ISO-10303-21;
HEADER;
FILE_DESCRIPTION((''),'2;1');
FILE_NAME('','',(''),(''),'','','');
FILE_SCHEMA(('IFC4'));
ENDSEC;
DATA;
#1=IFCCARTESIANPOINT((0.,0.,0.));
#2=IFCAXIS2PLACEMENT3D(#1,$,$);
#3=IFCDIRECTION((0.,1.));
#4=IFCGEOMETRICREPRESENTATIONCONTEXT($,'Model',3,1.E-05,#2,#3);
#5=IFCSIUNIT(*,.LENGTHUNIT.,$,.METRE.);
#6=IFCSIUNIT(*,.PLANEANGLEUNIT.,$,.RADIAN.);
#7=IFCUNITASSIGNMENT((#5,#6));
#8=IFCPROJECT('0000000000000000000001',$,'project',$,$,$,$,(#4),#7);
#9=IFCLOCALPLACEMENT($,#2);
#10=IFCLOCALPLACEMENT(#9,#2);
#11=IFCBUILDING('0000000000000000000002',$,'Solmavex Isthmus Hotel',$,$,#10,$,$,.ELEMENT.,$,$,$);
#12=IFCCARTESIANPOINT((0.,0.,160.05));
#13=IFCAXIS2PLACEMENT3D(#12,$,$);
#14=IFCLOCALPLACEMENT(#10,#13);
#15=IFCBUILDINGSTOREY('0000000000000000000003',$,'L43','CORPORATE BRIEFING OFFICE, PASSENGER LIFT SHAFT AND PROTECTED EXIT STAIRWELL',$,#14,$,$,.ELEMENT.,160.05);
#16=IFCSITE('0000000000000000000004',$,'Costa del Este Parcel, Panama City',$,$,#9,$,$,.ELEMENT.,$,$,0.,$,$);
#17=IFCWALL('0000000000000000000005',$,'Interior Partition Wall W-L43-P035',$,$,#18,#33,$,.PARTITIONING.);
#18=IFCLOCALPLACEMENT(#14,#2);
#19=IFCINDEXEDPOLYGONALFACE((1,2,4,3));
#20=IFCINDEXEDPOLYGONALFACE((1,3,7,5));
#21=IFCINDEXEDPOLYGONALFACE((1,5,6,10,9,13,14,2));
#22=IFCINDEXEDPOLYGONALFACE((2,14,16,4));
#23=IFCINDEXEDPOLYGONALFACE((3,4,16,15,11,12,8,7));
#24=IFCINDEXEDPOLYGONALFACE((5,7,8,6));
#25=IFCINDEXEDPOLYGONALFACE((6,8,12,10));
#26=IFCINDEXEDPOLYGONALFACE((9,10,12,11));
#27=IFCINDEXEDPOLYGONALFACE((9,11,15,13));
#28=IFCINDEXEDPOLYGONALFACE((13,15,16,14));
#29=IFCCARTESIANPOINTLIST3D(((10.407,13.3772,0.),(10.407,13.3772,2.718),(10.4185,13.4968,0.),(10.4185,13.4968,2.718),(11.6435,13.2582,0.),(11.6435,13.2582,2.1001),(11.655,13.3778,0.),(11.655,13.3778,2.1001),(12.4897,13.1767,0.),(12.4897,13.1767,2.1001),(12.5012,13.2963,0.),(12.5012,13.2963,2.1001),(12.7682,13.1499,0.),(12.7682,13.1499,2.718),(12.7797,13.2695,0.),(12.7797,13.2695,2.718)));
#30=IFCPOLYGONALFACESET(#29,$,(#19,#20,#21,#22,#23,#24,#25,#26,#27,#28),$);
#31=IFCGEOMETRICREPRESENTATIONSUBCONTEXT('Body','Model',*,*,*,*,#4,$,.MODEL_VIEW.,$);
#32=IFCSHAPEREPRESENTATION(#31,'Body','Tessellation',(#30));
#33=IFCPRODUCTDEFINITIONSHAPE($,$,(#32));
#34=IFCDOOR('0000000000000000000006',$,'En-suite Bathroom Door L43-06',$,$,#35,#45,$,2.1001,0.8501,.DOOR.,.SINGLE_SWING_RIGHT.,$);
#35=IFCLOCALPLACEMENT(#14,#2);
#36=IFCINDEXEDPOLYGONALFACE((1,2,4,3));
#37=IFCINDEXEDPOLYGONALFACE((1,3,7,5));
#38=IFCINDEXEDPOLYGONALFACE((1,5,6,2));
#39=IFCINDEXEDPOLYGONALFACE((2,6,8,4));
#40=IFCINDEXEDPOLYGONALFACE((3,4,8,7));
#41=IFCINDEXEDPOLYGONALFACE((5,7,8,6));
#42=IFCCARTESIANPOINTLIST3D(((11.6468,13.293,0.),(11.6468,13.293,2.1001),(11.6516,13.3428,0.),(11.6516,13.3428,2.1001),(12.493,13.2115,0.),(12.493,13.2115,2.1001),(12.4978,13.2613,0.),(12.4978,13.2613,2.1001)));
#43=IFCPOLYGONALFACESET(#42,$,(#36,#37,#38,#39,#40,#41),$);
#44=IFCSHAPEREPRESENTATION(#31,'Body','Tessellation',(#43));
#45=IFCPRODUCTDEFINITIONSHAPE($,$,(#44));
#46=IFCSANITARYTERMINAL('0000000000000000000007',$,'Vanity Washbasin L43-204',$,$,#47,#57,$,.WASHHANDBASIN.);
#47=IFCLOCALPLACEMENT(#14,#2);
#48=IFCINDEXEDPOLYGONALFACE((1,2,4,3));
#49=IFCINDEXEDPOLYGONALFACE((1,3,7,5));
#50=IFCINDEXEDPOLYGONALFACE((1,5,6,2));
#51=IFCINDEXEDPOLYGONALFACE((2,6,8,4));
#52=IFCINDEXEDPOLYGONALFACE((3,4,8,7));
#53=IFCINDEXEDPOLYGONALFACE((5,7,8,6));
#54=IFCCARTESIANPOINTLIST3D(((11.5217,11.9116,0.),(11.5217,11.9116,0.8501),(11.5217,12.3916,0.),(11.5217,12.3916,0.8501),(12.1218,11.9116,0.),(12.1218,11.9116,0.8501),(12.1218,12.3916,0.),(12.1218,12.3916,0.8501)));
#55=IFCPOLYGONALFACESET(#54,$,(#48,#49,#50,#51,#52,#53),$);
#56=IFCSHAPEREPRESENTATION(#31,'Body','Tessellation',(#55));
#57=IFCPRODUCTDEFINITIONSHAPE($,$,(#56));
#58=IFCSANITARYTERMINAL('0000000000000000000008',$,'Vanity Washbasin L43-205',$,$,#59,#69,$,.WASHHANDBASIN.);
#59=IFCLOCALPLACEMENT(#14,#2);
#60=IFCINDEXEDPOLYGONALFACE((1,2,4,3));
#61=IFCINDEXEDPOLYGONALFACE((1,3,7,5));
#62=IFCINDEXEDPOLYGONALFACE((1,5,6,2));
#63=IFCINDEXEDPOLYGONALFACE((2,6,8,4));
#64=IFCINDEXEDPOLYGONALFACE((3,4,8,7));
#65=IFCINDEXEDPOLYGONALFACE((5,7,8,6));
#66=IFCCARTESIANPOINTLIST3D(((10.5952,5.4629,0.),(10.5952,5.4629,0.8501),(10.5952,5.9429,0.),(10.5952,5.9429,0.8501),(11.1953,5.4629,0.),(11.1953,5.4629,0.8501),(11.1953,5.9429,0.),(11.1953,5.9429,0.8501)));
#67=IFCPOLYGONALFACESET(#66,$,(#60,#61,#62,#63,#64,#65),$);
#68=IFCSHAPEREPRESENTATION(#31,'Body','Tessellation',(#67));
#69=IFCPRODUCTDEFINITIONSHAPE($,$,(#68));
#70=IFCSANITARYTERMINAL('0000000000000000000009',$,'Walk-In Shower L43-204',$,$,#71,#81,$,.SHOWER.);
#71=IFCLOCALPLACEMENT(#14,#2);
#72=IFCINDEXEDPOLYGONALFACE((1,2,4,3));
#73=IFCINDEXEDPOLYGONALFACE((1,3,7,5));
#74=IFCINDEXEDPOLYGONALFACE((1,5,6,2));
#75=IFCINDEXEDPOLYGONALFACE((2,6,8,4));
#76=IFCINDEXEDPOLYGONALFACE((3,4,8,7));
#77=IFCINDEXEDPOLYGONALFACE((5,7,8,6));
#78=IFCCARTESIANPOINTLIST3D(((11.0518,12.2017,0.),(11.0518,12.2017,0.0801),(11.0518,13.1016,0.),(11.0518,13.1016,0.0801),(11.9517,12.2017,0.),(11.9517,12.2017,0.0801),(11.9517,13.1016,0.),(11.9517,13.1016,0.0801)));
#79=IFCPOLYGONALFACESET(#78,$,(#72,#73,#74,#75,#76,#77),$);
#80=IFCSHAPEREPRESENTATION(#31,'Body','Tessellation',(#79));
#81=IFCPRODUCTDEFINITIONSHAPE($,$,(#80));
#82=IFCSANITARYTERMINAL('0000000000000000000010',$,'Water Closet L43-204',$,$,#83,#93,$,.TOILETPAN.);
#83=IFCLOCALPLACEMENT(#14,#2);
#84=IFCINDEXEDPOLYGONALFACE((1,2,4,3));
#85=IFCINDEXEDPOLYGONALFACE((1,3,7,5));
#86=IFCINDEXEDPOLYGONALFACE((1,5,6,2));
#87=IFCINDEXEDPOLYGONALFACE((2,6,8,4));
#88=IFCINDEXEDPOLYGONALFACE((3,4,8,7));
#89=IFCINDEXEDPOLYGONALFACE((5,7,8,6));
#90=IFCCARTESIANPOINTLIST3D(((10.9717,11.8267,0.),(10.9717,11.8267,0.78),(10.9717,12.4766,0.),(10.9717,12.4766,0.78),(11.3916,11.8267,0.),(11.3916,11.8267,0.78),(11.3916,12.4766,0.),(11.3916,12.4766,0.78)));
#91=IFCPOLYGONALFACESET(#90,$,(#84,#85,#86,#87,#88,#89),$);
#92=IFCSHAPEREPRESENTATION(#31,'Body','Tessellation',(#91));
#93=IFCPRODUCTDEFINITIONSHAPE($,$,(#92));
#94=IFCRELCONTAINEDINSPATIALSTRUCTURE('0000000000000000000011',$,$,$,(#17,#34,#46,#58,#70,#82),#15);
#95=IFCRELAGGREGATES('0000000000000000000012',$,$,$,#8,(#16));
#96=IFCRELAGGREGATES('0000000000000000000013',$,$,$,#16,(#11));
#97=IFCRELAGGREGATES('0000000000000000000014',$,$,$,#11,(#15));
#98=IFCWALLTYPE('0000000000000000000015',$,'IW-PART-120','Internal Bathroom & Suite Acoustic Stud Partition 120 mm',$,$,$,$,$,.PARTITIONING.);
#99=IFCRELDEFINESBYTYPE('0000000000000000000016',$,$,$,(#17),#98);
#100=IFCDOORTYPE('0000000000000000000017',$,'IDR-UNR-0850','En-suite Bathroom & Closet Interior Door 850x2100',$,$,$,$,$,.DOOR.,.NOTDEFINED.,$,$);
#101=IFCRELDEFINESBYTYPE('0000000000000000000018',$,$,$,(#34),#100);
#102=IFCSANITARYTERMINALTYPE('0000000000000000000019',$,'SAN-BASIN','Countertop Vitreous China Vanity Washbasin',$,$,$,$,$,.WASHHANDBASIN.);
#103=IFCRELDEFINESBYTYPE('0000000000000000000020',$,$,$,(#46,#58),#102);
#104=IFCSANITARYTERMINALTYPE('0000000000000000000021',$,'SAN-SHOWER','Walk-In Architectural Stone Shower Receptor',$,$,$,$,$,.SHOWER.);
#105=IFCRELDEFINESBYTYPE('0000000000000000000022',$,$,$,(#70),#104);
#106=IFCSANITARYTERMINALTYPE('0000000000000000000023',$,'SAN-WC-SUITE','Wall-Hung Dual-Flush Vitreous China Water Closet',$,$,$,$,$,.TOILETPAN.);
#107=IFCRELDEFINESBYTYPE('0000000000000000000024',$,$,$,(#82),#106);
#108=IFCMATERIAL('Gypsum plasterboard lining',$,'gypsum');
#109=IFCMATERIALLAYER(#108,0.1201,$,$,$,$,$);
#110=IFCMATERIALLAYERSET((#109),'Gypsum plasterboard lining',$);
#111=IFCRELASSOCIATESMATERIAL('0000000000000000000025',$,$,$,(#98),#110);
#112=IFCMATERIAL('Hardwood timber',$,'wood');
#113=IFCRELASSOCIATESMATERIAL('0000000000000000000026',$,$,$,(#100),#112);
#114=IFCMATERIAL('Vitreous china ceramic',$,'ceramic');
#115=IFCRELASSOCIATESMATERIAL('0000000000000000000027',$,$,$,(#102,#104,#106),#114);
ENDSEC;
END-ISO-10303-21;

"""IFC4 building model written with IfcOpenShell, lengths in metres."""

from ifc_helpers import new_model, si_unit, direction, frame, frame_2d, origin, origin_2d, place, context, subcontext, project, spatial, rectangle, extrude, material, layer, layer_set, type_object, element, fill, save


model = new_model("IFC4")

# Units and contexts
model_context = context("Model", 3, precision=1e-05, world=origin(), true_north=direction((0.0, 1.0)))
body_context = subcontext(model_context, "Body", "Model", "MODEL_VIEW")
ifc_project = project(units=[si_unit("LENGTHUNIT", "METRE"), si_unit("PLANEANGLEUNIT", "RADIAN")], contexts=[model_context])

# Site, building, storey
site_placement = place(None, origin())
site = spatial("IfcSite", under=ifc_project, at=site_placement, Name="Costa del Este Parcel, Panama City", CompositionType="ELEMENT", RefElevation=0.0)
building_placement = place(site_placement, origin())
building = spatial("IfcBuilding", under=site, at=building_placement, Name="Solmavex Isthmus Hotel", CompositionType="ELEMENT")
storey_placement = place(building_placement, frame((0.0, 0.0, 160.05)))
storey = spatial("IfcBuildingStorey", under=building, at=storey_placement, Name="L43", Description="CORPORATE BRIEFING OFFICE, PASSENGER LIFT SHAFT AND PROTECTED EXIT STAIRWELL", CompositionType="ELEMENT", Elevation=160.05)

# Shared definitions
ifc_material_1 = material(Name="Gypsum plasterboard lining", Category="gypsum")

# Shared definitions
ifc_material_2 = material(Name="Hardwood timber", Category="wood")

# Shared definitions
ifc_layer_1 = layer(ifc_material_1, 0.1201)
ifc_layer_set_1 = layer_set([ifc_layer_1], Name="Gypsum plasterboard lining")
wall_type_1 = type_object("IfcWallType", Name="IW-PART-120", Description="Internal Bathroom & Suite Acoustic Stud Partition 120 mm", PredefinedType="PARTITIONING", material=ifc_layer_set_1)

# Wall, opening, door
wall_1_placement = place(storey_placement, frame((12.7739, 13.2097, 0.0), z_axis=(0.0, 0.0, 1.0), x_axis=(-0.995398, 0.095824, 0.0)))
wall_1 = element("IfcWall", 1, at=wall_1_placement, inside=storey, type_object=wall_type_1, Name="Interior Partition Wall W-L43-P035", PredefinedType="PARTITIONING", context=body_context, shape_type="SweptSolid", body=[
    extrude(rectangle(XDim=2.3721, YDim=0.1201, at=frame_2d((1.186, 0.0))), origin(), (0.0, 0.0, 1.0), 2.718),
])
opening_1_placement = place(wall_1_placement, frame((0.2798, 0.0, 0.0)))
opening_1 = element("IfcOpeningElement", 2, at=opening_1_placement, cuts=wall_1, PredefinedType="OPENING", context=body_context, shape_type="SweptSolid", body=[
    extrude(rectangle(XDim=0.8501, YDim=2.1001, at=frame_2d((0.425, 1.05))), frame((0.0, 0.0701, 0.0), z_axis=(0.0, -1.0, 0.0), x_axis=(1.0, 0.0, 0.0)), (0.0, 0.0, 1.0), 0.1401),
])
door_type_1 = type_object("IfcDoorType", Name="IDR-UNR-0850", Description="En-suite Bathroom & Closet Interior Door 850x2100", OperationType="NOTDEFINED", PredefinedType="DOOR", material=ifc_material_2)
door_1_placement = place(opening_1_placement, frame((0.8501, 0.0, 0.0), z_axis=(0.0, 0.0, 1.0), x_axis=(-1.0, 0.0, 0.0)))
door_1 = element("IfcDoor", 3, at=door_1_placement, inside=storey, type_object=door_type_1, Name="En-suite Bathroom Door L43-06", OperationType="SINGLE_SWING_RIGHT", OverallHeight=2.1001, OverallWidth=0.8501, PredefinedType="DOOR", context=body_context, shape_type="SweptSolid", body=[
    extrude(rectangle(XDim=0.8501, YDim=2.1001, at=frame_2d((0.425, 1.05))), frame((0.0, 0.0249, 0.0), z_axis=(0.0, -1.0, 0.0), x_axis=(1.0, 0.0, 0.0)), (0.0, 0.0, 1.0), 0.05),
])
fill(opening_1, door_1)

# Sanitary terminals
ifc_material_3 = material(Name="Vitreous china ceramic", Category="ceramic")
sanitary_terminal_type_1 = type_object("IfcSanitaryTerminalType", Name="SAN-BASIN", Description="Countertop Vitreous China Vanity Washbasin", PredefinedType="WASHHANDBASIN", material=ifc_material_3)
for number, where, z_axis, x_axis, name in (
    (4, (11.8218, 12.1516, 0.0), (0.0, 0.0, 1.0), (1.0, 0.0, 0.0), "Vanity Washbasin L43-204"),
    (5, (10.8953, 5.7029, 0.0), (0.0, 0.0, 1.0), (1.0, 0.0, 0.0), "Vanity Washbasin L43-205"),
):
    element("IfcSanitaryTerminal", number, at=place(storey_placement, frame(where, z_axis=z_axis, x_axis=x_axis)), inside=storey, type_object=sanitary_terminal_type_1, Name=name, PredefinedType="WASHHANDBASIN", context=body_context, shape_type="SweptSolid", body=[
        extrude(rectangle(XDim=0.6001, YDim=0.48, at=origin_2d()), origin(), (0.0, 0.0, 1.0), 0.8501),
    ])
sanitary_terminal_type_2 = type_object("IfcSanitaryTerminalType", Name="SAN-SHOWER", Description="Walk-In Architectural Stone Shower Receptor", PredefinedType="SHOWER", material=ifc_material_3)
sanitary_terminal_1_placement = place(storey_placement, frame((11.5017, 12.6516, 0.0), z_axis=(0.0, 0.0, 1.0), x_axis=(1.0, 0.0, 0.0)))
element("IfcSanitaryTerminal", 6, at=sanitary_terminal_1_placement, inside=storey, type_object=sanitary_terminal_type_2, Name="Walk-In Shower L43-204", PredefinedType="SHOWER", context=body_context, shape_type="SweptSolid", body=[
    extrude(rectangle(XDim=0.8999, YDim=0.8999, at=origin_2d()), origin(), (0.0, 0.0, 1.0), 0.0801),
])
sanitary_terminal_type_3 = type_object("IfcSanitaryTerminalType", Name="SAN-WC-SUITE", Description="Wall-Hung Dual-Flush Vitreous China Water Closet", PredefinedType="TOILETPAN", material=ifc_material_3)
sanitary_terminal_2_placement = place(storey_placement, frame((11.1816, 12.1516, 0.0), z_axis=(0.0, 0.0, 1.0), x_axis=(1.0, 0.0, 0.0)))
element("IfcSanitaryTerminal", 7, at=sanitary_terminal_2_placement, inside=storey, type_object=sanitary_terminal_type_3, Name="Water Closet L43-204", PredefinedType="TOILETPAN", context=body_context, shape_type="SweptSolid", body=[
    extrude(rectangle(XDim=0.4199, YDim=0.6499, at=origin_2d()), origin(), (0.0, 0.0, 1.0), 0.78),
])

save(model, "model.ifc")
